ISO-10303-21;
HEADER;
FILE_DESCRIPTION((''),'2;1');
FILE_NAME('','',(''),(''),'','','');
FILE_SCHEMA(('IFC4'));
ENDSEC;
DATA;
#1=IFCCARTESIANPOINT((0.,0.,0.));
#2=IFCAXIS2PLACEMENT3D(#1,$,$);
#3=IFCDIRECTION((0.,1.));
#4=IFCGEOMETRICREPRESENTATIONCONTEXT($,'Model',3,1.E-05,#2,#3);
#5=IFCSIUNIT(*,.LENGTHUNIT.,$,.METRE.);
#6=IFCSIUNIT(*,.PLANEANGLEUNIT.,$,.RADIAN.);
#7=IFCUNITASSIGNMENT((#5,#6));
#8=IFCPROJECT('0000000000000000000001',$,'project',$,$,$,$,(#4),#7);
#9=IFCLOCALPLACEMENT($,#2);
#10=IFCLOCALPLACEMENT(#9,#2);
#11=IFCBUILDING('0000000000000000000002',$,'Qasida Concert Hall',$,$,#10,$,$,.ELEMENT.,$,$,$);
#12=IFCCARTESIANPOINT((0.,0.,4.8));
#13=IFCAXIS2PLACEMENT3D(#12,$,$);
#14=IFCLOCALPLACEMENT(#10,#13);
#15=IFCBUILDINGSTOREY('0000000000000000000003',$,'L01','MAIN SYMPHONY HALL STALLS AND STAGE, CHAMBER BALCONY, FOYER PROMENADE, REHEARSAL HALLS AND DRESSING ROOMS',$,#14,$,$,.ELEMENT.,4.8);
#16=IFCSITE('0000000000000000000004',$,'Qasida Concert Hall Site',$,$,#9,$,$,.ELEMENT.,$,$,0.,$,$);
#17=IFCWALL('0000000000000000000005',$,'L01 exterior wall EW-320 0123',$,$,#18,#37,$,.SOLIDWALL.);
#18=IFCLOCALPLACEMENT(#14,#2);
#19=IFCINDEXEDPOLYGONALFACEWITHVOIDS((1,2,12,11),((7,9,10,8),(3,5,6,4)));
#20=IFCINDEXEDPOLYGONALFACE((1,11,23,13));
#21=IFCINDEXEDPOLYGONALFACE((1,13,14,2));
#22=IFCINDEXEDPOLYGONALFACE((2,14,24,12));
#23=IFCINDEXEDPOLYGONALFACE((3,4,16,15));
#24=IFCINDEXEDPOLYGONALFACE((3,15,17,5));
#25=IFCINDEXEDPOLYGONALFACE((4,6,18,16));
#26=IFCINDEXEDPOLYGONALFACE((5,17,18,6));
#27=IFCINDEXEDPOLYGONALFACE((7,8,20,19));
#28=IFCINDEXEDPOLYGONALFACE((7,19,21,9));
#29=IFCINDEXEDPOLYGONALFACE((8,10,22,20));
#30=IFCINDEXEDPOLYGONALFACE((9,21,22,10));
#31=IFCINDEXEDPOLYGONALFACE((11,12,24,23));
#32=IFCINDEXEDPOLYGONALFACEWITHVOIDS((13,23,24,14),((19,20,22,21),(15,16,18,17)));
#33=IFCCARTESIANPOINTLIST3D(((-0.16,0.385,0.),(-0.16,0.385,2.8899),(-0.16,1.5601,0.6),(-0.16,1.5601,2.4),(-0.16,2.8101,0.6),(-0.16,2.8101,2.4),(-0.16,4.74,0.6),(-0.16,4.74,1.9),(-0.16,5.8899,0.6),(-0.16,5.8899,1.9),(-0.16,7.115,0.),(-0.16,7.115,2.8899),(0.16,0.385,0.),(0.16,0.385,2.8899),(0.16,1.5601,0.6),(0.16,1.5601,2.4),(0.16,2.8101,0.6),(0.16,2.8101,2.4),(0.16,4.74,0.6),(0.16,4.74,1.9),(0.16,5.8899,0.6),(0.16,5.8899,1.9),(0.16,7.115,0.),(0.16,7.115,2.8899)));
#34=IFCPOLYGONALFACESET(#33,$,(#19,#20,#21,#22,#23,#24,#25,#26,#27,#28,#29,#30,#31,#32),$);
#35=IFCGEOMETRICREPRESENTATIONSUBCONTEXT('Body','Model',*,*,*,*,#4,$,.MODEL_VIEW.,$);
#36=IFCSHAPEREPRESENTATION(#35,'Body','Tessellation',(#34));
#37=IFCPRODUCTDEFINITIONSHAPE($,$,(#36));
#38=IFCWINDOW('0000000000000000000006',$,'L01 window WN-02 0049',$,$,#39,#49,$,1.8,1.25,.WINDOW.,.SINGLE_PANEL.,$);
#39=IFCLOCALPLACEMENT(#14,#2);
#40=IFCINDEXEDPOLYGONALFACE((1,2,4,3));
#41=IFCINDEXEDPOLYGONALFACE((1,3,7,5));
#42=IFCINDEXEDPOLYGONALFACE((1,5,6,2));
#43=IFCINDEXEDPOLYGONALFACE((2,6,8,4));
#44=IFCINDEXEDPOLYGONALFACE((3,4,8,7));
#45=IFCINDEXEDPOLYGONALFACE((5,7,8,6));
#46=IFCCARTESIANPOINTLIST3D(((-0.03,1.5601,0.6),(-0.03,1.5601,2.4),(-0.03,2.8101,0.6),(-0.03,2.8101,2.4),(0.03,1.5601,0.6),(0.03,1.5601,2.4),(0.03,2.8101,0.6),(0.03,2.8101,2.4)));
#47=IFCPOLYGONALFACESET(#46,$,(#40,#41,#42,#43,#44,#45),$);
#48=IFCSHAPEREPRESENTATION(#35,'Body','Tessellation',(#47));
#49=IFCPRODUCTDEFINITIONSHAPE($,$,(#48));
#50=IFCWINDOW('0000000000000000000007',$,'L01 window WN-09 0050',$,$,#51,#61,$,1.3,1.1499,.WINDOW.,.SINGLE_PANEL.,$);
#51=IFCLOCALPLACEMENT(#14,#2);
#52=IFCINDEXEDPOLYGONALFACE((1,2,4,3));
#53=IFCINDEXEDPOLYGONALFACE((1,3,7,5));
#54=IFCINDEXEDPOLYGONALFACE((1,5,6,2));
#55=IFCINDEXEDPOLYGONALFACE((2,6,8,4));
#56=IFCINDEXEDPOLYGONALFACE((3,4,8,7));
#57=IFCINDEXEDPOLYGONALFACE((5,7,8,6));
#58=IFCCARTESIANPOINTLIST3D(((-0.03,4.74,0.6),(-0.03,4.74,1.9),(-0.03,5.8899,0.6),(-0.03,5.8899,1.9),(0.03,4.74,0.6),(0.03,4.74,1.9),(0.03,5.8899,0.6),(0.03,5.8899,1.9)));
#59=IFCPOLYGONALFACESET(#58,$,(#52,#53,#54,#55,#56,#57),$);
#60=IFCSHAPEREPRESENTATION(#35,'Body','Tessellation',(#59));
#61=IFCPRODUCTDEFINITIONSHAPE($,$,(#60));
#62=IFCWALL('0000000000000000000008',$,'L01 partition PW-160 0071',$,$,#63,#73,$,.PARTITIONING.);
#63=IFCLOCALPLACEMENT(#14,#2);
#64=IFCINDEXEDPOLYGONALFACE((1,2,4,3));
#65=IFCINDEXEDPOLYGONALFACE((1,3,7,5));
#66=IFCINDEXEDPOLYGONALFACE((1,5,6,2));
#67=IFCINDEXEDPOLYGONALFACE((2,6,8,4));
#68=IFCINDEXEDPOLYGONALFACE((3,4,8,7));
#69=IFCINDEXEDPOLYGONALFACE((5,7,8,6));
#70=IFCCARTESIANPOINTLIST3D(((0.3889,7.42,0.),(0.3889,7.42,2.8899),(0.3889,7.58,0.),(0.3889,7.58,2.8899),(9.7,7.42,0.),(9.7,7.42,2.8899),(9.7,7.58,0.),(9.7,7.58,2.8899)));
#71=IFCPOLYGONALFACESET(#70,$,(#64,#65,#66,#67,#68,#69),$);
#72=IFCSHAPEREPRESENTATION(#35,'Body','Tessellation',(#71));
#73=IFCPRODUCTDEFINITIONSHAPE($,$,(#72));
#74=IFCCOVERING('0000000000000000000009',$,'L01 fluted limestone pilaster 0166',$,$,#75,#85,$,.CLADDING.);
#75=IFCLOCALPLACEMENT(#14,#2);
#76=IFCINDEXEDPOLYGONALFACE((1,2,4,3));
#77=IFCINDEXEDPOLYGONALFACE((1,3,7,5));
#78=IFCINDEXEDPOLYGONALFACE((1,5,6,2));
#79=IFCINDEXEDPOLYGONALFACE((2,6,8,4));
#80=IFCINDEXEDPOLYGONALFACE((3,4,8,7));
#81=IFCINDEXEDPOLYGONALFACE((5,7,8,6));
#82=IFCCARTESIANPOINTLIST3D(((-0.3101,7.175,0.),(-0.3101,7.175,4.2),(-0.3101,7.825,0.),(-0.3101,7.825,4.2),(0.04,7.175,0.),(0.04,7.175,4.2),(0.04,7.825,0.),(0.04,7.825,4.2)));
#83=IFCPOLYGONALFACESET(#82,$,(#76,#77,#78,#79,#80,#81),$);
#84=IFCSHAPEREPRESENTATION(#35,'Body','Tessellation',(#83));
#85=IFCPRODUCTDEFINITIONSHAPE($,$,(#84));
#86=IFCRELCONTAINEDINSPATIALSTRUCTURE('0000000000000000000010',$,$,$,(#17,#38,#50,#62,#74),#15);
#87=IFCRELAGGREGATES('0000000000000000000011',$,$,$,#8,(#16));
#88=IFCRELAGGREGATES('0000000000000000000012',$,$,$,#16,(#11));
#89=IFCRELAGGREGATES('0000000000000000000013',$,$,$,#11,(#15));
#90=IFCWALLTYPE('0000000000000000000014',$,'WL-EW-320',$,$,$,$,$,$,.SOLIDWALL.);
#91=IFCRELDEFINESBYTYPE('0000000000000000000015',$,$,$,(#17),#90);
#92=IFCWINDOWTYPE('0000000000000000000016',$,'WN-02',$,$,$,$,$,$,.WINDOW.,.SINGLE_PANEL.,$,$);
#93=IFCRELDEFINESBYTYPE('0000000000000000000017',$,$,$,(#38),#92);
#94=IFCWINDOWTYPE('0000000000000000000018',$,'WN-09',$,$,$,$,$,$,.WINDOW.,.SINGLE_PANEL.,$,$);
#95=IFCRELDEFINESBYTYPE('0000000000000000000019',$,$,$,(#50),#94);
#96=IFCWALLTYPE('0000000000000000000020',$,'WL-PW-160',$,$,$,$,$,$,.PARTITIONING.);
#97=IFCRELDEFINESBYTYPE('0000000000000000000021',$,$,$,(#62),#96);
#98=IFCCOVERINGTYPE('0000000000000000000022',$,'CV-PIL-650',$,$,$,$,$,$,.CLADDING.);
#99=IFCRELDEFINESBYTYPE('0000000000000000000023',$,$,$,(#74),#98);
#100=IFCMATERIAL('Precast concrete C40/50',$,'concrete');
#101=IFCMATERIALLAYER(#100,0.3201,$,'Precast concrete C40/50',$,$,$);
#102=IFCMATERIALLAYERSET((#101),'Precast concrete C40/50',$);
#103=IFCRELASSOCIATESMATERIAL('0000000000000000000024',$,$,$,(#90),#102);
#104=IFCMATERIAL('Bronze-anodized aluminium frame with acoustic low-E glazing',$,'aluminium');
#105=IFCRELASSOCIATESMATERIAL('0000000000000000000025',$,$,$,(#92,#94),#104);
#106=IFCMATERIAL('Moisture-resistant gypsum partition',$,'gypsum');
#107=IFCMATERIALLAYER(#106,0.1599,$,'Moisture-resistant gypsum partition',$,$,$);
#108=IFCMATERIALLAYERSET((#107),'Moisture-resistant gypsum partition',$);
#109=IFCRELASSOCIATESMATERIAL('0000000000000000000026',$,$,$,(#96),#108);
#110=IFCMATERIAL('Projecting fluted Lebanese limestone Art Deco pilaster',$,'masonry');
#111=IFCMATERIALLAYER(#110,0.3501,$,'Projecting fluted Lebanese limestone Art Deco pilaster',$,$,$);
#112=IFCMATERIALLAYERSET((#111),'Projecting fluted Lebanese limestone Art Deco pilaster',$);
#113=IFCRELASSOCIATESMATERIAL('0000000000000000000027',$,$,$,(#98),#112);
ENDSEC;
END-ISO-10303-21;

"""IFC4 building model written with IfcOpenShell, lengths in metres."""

from ifc_helpers import new_model, si_unit, direction, frame, frame_2d, origin, origin_2d, place, context, subcontext, project, spatial, rectangle, extrude, material, layer, layer_set, type_object, element, fill, save


model = new_model("IFC4")

# Units and contexts
model_context = context("Model", 3, precision=1e-05, world=origin(), true_north=direction((0.0, 1.0)))
body_context = subcontext(model_context, "Body", "Model", "MODEL_VIEW")
ifc_project = project(units=[si_unit("LENGTHUNIT", "METRE"), si_unit("PLANEANGLEUNIT", "RADIAN")], contexts=[model_context])

# Site, building, storey
site_placement = place(None, origin())
site = spatial("IfcSite", under=ifc_project, at=site_placement, Name="Qasida Concert Hall Site", CompositionType="ELEMENT", RefElevation=0.0)
building_placement = place(site_placement, origin())
building = spatial("IfcBuilding", under=site, at=building_placement, Name="Qasida Concert Hall", CompositionType="ELEMENT")
storey_placement = place(building_placement, frame((0.0, 0.0, 4.8)))
storey = spatial("IfcBuildingStorey", under=building, at=storey_placement, Name="L01", Description="MAIN SYMPHONY HALL STALLS AND STAGE, CHAMBER BALCONY, FOYER PROMENADE, REHEARSAL HALLS AND DRESSING ROOMS", CompositionType="ELEMENT", Elevation=4.8)

# Wall, openings, windows
ifc_material_1 = material(Name="Precast concrete C40/50", Category="concrete")
ifc_layer_1 = layer(ifc_material_1, 0.3201, Name="Precast concrete C40/50")
ifc_layer_set_1 = layer_set([ifc_layer_1], Name="Precast concrete C40/50")
wall_type_1 = type_object("IfcWallType", Name="WL-EW-320", PredefinedType="SOLIDWALL", material=ifc_layer_set_1)
wall_1_placement = place(storey_placement, frame((0.0, 0.385, 0.0), z_axis=(0.0, 0.0, 1.0), x_axis=(0.0, 1.0, 0.0)))
wall_1 = element("IfcWall", 1, at=wall_1_placement, inside=storey, type_object=wall_type_1, Name="L01 exterior wall EW-320 0123", PredefinedType="SOLIDWALL", context=body_context, shape_type="SweptSolid", body=[
    extrude(rectangle(XDim=6.73, YDim=0.3201, at=frame_2d((3.365, 0.0))), origin(), (0.0, 0.0, 1.0), 2.8899),
])
opening_1_placement = place(wall_1_placement, frame((1.175, 0.0, 0.6001)))
opening_1 = element("IfcOpeningElement", 2, at=opening_1_placement, cuts=wall_1, PredefinedType="OPENING", context=body_context, shape_type="SweptSolid", body=[
    extrude(rectangle(XDim=1.25, YDim=1.8, at=frame_2d((0.625, 0.8999))), frame((0.0, 0.1699, 0.0), z_axis=(0.0, -1.0, 0.0), x_axis=(1.0, 0.0, 0.0)), (0.0, 0.0, 1.0), 0.3401),
])
opening_2_placement = place(wall_1_placement, frame((4.355, 0.0, 0.6001)))
opening_2 = element("IfcOpeningElement", 3, at=opening_2_placement, cuts=wall_1, PredefinedType="OPENING", context=body_context, shape_type="SweptSolid", body=[
    extrude(rectangle(XDim=1.1499, YDim=1.3, at=frame_2d((0.575, 0.6499))), frame((0.0, 0.1699, 0.0), z_axis=(0.0, -1.0, 0.0), x_axis=(1.0, 0.0, 0.0)), (0.0, 0.0, 1.0), 0.3401),
])
ifc_material_2 = material(Name="Bronze-anodized aluminium frame with acoustic low-E glazing", Category="aluminium")
window_type_1 = type_object("IfcWindowType", Name="WN-02", PartitioningType="SINGLE_PANEL", PredefinedType="WINDOW", material=ifc_material_2)
window_1_placement = place(opening_1_placement, origin())
window_1 = element("IfcWindow", 4, at=window_1_placement, inside=storey, type_object=window_type_1, Name="L01 window WN-02 0049", OverallHeight=1.8, OverallWidth=1.25, PartitioningType="SINGLE_PANEL", PredefinedType="WINDOW", context=body_context, shape_type="SweptSolid", body=[
    extrude(rectangle(XDim=1.25, YDim=1.8, at=frame_2d((0.625, 0.8999))), frame((0.0, 0.03, 0.0), z_axis=(0.0, -1.0, 0.0), x_axis=(1.0, 0.0, 0.0)), (0.0, 0.0, 1.0), 0.0601),
])
fill(opening_1, window_1)
window_type_2 = type_object("IfcWindowType", Name="WN-09", PartitioningType="SINGLE_PANEL", PredefinedType="WINDOW", material=ifc_material_2)
window_2_placement = place(opening_2_placement, origin())
window_2 = element("IfcWindow", 5, at=window_2_placement, inside=storey, type_object=window_type_2, Name="L01 window WN-09 0050", OverallHeight=1.3, OverallWidth=1.1499, PartitioningType="SINGLE_PANEL", PredefinedType="WINDOW", context=body_context, shape_type="SweptSolid", body=[
    extrude(rectangle(XDim=1.1499, YDim=1.3, at=frame_2d((0.575, 0.6499))), frame((0.0, 0.03, 0.0), z_axis=(0.0, -1.0, 0.0), x_axis=(1.0, 0.0, 0.0)), (0.0, 0.0, 1.0), 0.0601),
])
fill(opening_2, window_2)

# Wall
ifc_material_3 = material(Name="Moisture-resistant gypsum partition", Category="gypsum")
ifc_layer_2 = layer(ifc_material_3, 0.1599, Name="Moisture-resistant gypsum partition")
ifc_layer_set_2 = layer_set([ifc_layer_2], Name="Moisture-resistant gypsum partition")
wall_type_2 = type_object("IfcWallType", Name="WL-PW-160", PredefinedType="PARTITIONING", material=ifc_layer_set_2)
wall_2_placement = place(storey_placement, frame((0.3889, 7.5, 0.0), z_axis=(0.0, 0.0, 1.0), x_axis=(1.0, 0.0, 0.0)))
element("IfcWall", 6, at=wall_2_placement, inside=storey, type_object=wall_type_2, Name="L01 partition PW-160 0071", PredefinedType="PARTITIONING", context=body_context, shape_type="SweptSolid", body=[
    extrude(rectangle(XDim=9.311, YDim=0.1599, at=frame_2d((4.6555, 0.0))), origin(), (0.0, 0.0, 1.0), 2.8899),
])

# Covering
ifc_material_4 = material(Name="Projecting fluted Lebanese limestone Art Deco pilaster", Category="masonry")
ifc_layer_3 = layer(ifc_material_4, 0.3501, Name="Projecting fluted Lebanese limestone Art Deco pilaster")
ifc_layer_set_3 = layer_set([ifc_layer_3], Name="Projecting fluted Lebanese limestone Art Deco pilaster")
covering_type = type_object("IfcCoveringType", Name="CV-PIL-650", PredefinedType="CLADDING", material=ifc_layer_set_3)
covering_placement = place(storey_placement, frame((-0.135, 7.5, 0.0), z_axis=(0.0, 0.0, 1.0), x_axis=(1.0, 0.0, 0.0)))
element("IfcCovering", 7, at=covering_placement, inside=storey, type_object=covering_type, Name="L01 fluted limestone pilaster 0166", PredefinedType="CLADDING", context=body_context, shape_type="SweptSolid", body=[
    extrude(rectangle(XDim=0.3501, YDim=0.6499, at=origin_2d()), origin(), (0.0, 0.0, 1.0), 4.2),
])

save(model, "model.ifc")
